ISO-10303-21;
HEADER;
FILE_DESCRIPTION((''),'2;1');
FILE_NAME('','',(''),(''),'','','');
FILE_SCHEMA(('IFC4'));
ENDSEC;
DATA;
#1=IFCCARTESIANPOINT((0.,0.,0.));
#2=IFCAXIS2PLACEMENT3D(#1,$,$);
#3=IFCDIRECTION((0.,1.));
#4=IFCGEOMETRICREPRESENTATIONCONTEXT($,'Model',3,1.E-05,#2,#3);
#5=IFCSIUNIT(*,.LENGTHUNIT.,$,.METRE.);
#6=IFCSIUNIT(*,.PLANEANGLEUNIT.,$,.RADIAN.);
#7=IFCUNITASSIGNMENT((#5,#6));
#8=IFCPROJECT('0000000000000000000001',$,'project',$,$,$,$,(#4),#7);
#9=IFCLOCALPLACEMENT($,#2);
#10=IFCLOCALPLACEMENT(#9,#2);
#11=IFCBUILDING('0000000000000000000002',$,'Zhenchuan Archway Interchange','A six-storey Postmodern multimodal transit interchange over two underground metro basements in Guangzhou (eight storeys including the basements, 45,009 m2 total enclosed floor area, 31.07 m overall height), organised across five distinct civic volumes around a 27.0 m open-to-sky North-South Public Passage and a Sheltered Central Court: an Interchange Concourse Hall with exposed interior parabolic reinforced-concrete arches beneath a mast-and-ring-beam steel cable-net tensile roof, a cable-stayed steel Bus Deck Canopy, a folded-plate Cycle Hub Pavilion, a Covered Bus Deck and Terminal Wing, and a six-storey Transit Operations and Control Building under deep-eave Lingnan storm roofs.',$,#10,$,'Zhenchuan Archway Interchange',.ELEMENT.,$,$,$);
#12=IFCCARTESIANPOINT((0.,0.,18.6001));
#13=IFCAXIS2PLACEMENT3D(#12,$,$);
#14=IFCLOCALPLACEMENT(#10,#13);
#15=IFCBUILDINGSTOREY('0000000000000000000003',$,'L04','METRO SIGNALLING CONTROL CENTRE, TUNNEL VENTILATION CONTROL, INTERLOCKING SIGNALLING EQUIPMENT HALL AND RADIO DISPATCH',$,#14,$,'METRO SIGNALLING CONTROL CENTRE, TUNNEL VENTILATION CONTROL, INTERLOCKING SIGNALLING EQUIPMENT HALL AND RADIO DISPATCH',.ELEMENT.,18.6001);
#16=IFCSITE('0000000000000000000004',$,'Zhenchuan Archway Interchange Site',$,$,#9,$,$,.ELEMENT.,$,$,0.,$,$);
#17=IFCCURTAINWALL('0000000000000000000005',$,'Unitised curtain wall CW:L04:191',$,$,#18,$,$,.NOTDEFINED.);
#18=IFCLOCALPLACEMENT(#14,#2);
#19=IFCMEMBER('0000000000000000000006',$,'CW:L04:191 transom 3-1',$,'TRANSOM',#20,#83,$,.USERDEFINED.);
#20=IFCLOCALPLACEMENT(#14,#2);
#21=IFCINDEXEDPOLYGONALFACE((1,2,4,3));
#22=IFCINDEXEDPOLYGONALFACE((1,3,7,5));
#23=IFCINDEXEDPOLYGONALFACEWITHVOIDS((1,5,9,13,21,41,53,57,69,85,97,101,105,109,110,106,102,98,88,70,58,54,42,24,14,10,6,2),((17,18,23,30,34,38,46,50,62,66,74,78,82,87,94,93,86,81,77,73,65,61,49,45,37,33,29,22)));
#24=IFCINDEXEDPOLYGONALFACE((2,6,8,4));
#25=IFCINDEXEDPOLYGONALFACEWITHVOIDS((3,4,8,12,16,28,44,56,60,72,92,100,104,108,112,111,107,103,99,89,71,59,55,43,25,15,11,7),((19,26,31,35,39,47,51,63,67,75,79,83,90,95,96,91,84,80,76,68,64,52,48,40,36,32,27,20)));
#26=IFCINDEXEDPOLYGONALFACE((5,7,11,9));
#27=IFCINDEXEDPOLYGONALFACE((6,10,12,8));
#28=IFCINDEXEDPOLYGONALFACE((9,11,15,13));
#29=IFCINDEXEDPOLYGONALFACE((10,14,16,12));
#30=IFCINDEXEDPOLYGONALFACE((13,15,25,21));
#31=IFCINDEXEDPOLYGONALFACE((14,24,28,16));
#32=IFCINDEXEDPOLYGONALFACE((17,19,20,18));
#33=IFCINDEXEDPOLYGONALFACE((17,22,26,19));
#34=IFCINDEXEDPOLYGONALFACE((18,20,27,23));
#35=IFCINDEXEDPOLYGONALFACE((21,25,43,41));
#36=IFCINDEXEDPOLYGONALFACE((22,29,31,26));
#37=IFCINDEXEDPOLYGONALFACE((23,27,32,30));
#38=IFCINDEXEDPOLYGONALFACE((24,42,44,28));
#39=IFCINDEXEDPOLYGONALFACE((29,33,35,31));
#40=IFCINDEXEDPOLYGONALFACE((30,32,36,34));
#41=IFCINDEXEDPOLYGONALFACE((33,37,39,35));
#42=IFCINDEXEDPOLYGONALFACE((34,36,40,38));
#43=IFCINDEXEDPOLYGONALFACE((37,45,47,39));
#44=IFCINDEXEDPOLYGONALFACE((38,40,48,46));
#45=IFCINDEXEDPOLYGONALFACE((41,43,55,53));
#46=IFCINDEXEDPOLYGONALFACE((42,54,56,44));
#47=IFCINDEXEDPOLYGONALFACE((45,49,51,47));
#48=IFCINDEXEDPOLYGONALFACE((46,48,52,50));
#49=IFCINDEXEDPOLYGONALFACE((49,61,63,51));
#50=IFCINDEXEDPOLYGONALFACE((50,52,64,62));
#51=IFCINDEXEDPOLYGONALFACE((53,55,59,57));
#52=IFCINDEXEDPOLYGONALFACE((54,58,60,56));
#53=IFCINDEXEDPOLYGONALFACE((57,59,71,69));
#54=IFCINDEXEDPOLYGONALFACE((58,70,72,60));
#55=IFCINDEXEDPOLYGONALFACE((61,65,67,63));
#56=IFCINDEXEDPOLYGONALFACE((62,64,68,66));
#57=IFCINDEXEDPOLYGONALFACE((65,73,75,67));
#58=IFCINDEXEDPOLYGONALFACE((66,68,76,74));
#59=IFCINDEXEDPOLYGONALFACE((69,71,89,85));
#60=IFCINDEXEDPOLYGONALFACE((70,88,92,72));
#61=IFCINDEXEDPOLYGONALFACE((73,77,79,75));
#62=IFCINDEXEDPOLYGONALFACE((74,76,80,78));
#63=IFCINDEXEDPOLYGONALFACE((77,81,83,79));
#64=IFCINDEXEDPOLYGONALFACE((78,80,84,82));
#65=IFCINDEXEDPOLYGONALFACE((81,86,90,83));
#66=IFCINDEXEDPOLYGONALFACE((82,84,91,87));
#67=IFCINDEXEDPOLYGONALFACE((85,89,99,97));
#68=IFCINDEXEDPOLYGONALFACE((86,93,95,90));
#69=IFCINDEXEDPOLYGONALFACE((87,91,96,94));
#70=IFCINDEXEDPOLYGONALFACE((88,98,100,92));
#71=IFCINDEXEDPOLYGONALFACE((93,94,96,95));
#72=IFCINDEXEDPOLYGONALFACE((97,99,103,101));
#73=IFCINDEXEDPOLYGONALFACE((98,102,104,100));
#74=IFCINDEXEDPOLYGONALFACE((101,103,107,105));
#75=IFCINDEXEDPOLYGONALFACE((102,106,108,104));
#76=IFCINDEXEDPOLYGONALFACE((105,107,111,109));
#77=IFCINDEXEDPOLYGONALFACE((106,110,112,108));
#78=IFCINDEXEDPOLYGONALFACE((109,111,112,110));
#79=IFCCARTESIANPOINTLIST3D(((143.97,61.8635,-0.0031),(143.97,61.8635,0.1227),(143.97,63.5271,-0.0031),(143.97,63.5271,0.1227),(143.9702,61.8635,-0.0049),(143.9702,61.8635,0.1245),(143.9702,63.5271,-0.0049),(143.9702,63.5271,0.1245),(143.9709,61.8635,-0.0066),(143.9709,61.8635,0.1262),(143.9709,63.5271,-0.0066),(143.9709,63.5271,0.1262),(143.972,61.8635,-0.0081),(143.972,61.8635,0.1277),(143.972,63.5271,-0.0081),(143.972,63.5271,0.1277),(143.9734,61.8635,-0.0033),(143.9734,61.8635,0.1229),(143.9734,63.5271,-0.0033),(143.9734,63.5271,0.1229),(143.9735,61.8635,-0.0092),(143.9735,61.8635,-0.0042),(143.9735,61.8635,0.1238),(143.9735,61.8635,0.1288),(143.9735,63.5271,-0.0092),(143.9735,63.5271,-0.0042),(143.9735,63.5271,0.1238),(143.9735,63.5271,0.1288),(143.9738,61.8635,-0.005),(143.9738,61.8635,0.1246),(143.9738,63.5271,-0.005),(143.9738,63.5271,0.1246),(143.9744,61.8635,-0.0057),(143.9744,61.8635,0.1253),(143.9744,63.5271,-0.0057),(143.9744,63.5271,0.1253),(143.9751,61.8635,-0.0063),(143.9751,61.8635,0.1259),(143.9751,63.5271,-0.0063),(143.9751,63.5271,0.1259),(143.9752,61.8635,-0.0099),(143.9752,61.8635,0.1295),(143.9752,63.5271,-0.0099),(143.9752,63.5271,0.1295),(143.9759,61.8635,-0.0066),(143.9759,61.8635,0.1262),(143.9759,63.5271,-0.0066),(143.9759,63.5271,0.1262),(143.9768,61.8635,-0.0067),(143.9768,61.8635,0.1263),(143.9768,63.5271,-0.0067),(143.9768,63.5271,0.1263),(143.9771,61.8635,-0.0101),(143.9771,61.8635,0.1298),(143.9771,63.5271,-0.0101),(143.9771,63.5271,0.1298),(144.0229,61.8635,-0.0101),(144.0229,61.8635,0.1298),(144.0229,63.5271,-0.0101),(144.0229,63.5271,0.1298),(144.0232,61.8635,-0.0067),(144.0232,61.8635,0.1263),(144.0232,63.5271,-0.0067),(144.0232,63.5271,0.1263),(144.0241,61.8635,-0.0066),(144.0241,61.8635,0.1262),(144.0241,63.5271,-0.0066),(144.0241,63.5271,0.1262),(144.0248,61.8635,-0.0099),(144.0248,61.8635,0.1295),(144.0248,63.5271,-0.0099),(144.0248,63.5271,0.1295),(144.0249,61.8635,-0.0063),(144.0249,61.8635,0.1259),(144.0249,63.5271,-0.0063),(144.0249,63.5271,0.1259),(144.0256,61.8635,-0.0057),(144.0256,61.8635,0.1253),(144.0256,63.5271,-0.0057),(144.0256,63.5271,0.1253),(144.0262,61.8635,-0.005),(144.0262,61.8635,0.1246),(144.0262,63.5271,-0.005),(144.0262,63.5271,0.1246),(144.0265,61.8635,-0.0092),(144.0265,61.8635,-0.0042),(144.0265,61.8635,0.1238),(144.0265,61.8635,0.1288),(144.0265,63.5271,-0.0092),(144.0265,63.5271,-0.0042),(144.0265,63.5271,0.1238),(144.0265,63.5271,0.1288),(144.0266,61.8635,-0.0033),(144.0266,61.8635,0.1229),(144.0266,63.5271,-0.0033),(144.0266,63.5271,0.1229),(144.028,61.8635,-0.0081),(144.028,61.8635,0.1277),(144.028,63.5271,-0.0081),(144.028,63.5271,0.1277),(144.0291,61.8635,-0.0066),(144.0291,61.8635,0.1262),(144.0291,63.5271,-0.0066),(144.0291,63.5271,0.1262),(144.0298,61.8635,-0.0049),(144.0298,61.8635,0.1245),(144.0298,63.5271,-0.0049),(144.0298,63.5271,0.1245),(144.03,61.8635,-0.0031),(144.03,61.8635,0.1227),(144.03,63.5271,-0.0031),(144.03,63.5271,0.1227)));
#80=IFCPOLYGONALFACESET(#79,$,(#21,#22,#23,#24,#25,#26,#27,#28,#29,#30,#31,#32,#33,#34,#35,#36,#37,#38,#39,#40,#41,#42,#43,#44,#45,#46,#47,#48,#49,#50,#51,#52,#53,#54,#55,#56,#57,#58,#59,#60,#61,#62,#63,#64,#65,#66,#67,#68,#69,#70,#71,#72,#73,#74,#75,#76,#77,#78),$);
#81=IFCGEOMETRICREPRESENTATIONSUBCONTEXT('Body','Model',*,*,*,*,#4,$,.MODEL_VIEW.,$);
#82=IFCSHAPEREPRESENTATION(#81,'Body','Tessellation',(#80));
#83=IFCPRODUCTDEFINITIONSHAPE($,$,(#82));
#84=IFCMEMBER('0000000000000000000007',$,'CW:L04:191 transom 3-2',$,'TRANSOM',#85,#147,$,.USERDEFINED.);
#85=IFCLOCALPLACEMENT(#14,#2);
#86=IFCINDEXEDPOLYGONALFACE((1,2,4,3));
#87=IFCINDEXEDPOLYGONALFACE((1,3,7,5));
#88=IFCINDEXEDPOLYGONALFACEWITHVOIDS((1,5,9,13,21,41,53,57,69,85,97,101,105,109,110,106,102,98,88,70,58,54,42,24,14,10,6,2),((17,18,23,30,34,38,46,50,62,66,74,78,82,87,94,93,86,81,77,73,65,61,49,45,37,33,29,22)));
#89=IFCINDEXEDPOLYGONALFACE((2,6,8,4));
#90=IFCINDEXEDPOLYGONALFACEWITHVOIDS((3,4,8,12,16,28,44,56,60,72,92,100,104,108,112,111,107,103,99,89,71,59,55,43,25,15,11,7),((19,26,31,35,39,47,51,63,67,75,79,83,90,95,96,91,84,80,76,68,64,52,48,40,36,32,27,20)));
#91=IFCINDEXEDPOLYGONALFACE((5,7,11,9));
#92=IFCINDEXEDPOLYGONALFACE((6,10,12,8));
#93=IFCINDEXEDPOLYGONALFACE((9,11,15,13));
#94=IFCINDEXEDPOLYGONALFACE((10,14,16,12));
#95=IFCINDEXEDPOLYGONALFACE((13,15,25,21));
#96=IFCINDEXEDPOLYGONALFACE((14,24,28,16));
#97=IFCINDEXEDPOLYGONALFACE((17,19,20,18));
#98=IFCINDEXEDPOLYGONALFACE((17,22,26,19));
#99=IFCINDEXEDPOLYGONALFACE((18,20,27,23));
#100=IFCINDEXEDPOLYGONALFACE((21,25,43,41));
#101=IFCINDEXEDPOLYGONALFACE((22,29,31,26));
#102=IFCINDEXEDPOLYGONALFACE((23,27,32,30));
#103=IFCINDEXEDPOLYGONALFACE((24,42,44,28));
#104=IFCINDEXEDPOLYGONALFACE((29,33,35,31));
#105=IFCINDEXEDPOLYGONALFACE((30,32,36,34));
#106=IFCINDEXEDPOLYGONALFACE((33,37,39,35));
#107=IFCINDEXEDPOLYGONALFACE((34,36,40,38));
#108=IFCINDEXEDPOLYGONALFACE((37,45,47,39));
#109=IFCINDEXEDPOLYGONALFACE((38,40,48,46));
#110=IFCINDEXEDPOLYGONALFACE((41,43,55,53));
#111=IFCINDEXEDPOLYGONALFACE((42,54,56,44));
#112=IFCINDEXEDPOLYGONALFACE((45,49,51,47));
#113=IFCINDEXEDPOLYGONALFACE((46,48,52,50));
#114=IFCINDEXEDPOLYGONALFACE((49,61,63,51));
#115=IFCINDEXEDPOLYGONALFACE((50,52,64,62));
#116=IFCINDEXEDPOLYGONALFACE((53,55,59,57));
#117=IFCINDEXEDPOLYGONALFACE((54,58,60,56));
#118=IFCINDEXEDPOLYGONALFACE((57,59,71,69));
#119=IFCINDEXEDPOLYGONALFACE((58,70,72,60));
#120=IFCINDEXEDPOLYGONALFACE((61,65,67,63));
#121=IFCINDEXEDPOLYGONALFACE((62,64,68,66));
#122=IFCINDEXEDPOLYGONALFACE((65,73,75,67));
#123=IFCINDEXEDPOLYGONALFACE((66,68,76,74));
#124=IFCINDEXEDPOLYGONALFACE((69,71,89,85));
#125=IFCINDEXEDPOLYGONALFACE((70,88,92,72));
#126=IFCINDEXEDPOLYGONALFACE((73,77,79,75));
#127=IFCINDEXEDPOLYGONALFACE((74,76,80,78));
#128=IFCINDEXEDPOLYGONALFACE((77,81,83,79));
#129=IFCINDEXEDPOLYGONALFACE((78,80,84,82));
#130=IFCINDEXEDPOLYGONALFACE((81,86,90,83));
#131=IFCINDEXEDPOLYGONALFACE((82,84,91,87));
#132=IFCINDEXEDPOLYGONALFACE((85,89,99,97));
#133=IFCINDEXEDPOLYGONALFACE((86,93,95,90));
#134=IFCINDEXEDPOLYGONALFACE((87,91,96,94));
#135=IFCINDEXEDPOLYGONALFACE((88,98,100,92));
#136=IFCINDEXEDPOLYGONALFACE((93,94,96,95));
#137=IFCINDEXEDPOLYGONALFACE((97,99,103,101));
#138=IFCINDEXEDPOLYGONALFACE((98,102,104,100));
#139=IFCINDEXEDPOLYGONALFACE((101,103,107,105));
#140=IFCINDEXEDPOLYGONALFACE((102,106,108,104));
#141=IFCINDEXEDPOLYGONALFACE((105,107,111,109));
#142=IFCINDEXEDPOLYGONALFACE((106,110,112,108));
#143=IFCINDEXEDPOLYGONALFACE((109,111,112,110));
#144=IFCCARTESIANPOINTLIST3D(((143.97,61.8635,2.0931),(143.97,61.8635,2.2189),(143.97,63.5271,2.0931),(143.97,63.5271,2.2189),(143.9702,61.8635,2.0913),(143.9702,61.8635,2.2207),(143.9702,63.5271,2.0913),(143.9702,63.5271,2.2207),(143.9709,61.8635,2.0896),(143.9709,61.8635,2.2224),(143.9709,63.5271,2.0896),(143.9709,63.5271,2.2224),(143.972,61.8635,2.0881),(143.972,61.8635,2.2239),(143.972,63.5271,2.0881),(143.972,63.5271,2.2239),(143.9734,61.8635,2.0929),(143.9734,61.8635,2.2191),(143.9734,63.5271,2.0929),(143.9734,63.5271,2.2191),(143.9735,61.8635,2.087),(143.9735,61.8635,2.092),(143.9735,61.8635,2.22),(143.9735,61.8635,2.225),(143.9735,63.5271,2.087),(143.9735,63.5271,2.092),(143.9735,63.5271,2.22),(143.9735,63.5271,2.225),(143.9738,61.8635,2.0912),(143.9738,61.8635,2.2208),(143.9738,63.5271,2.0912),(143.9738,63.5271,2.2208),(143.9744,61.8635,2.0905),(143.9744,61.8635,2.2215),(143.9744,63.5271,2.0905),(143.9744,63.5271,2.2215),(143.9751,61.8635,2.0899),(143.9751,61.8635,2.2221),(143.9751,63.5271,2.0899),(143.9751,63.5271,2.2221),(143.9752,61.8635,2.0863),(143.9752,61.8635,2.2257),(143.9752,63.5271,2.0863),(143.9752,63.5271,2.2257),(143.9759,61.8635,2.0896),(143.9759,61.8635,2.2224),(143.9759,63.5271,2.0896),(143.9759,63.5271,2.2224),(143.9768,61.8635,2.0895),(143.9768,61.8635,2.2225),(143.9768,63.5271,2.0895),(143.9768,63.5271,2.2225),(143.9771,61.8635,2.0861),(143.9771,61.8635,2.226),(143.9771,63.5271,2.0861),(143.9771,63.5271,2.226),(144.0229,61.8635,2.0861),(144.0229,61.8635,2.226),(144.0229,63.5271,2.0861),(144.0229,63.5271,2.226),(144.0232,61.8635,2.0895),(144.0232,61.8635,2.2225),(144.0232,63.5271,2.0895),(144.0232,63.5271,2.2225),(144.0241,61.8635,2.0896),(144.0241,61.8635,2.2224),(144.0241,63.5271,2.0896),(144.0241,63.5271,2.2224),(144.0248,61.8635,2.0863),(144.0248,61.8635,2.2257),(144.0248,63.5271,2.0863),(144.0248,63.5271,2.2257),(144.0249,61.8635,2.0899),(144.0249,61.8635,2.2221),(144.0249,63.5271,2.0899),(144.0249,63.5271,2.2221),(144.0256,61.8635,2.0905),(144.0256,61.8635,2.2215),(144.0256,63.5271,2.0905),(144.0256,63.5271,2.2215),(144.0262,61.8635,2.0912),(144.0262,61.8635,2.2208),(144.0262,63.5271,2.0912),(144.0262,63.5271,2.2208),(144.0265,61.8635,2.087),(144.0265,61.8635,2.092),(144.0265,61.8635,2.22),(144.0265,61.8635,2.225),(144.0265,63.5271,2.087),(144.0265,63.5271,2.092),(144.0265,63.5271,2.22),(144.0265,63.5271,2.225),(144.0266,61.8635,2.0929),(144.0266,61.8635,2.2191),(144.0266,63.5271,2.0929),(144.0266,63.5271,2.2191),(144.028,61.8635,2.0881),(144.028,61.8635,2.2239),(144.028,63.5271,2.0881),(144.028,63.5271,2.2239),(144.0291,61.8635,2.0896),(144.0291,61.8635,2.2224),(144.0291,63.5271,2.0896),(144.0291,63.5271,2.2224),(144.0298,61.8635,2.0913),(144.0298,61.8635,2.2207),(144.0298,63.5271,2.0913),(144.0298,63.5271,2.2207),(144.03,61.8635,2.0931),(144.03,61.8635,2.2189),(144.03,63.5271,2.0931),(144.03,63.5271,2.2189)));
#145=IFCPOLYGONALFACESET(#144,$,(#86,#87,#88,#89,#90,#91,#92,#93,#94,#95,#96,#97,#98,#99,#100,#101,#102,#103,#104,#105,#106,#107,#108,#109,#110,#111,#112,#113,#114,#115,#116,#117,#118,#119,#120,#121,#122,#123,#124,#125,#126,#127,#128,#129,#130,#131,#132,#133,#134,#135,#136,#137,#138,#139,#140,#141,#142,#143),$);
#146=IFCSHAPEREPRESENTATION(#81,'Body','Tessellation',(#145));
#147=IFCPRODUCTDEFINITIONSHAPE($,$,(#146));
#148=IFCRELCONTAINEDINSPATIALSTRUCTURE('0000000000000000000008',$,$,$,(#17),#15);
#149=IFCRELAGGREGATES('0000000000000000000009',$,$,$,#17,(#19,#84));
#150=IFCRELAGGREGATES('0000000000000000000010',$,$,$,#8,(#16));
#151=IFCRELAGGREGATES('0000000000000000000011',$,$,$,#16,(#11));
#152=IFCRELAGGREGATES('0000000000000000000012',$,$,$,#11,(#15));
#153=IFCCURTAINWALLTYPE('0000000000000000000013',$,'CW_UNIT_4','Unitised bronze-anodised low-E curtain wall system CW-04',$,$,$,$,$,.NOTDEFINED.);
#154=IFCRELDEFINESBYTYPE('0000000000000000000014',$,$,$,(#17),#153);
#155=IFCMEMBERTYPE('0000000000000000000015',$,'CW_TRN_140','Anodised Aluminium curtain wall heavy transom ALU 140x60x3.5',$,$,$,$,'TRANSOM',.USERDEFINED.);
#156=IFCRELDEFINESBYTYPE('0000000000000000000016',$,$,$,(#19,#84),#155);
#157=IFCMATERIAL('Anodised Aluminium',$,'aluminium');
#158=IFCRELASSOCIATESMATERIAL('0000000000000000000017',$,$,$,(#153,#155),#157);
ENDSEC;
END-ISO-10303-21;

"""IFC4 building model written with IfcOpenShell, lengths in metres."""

from ifc_helpers import new_model, si_unit, direction, frame, origin, origin_2d, place, context, subcontext, project, spatial, hollow_rectangle, extrude, material, material_profile, profile_set, type_object, element, aggregate, save


model = new_model("IFC4")

# Units and contexts
model_context = context("Model", 3, precision=1e-05, world=origin(), true_north=direction((0.0, 1.0)))
body_context = subcontext(model_context, "Body", "Model", "MODEL_VIEW")
ifc_project = project(units=[si_unit("LENGTHUNIT", "METRE"), si_unit("PLANEANGLEUNIT", "RADIAN")], contexts=[model_context])

# Site, building, storey
site_placement = place(None, origin())
site = spatial("IfcSite", under=ifc_project, at=site_placement, Name="Zhenchuan Archway Interchange Site", CompositionType="ELEMENT", RefElevation=0.0)
building_placement = place(site_placement, origin())
building = spatial("IfcBuilding", under=site, at=building_placement, Name="Zhenchuan Archway Interchange", Description="A six-storey Postmodern multimodal transit interchange over two underground metro basements in Guangzhou (eight storeys including the basements, 45,009 m2 total enclosed floor area, 31.07 m overall height), organised across five distinct civic volumes around a 27.0 m open-to-sky North-South Public Passage and a Sheltered Central Court: an Interchange Concourse Hall with exposed interior parabolic reinforced-concrete arches beneath a mast-and-ring-beam steel cable-net tensile roof, a cable-stayed steel Bus Deck Canopy, a folded-plate Cycle Hub Pavilion, a Covered Bus Deck and Terminal Wing, and a six-storey Transit Operations and Control Building under deep-eave Lingnan storm roofs.", LongName="Zhenchuan Archway Interchange", CompositionType="ELEMENT")
storey_placement = place(building_placement, frame((0.0, 0.0, 18.6001)))
storey = spatial("IfcBuildingStorey", under=building, at=storey_placement, Name="L04", Description="METRO SIGNALLING CONTROL CENTRE, TUNNEL VENTILATION CONTROL, INTERLOCKING SIGNALLING EQUIPMENT HALL AND RADIO DISPATCH", LongName="METRO SIGNALLING CONTROL CENTRE, TUNNEL VENTILATION CONTROL, INTERLOCKING SIGNALLING EQUIPMENT HALL AND RADIO DISPATCH", CompositionType="ELEMENT", Elevation=18.6001)

# Curtain wall, members
ifc_material_1 = material(Name="Anodised Aluminium", Category="aluminium")
curtain_wall_type = type_object("IfcCurtainWallType", Name="CW_UNIT_4", Description="Unitised bronze-anodised low-E curtain wall system CW-04", PredefinedType="NOTDEFINED", material=ifc_material_1)
curtain_wall_placement = place(storey_placement, origin())
curtain_wall = element("IfcCurtainWall", 1, at=curtain_wall_placement, inside=storey, type_object=curtain_wall_type, Name="Unitised curtain wall CW:L04:191", PredefinedType="NOTDEFINED")
ifc_material_profile_1 = material_profile(ifc_material_1, hollow_rectangle(XDim=0.0601, YDim=0.1399, WallThickness=0.0034, InnerFilletRadius=0.0034, OuterFilletRadius=0.0071, at=origin_2d()), Name="ALU 140x60x3.5")
ifc_profile_set_1 = profile_set([ifc_material_profile_1], Name="Anodised Aluminium")
member_type_1 = type_object("IfcMemberType", Name="CW_TRN_140", Description="Anodised Aluminium curtain wall heavy transom ALU 140x60x3.5", ElementType="TRANSOM", PredefinedType="USERDEFINED", material=ifc_profile_set_1)
member_1_placement = place(storey_placement, frame((144.0, 61.8635, 0.0598), z_axis=(0.0, 1.0, 0.0), x_axis=(-1.0, 0.0, 0.0)))
member_1 = element("IfcMember", 2, at=member_1_placement, type_object=member_type_1, Name="CW:L04:191 transom 3-1", ObjectType="TRANSOM", PredefinedType="USERDEFINED", context=body_context, shape_type="SweptSolid", body=[
    extrude(hollow_rectangle(XDim=0.0601, YDim=0.1399, WallThickness=0.0034, InnerFilletRadius=0.0034, OuterFilletRadius=0.0071, at=origin_2d()), origin(), (0.0, 0.0, 1.0), 1.6636),
])
member_2_placement = place(storey_placement, frame((144.0, 61.8635, 2.156), z_axis=(0.0, 1.0, 0.0), x_axis=(-1.0, 0.0, 0.0)))
member_2 = element("IfcMember", 3, at=member_2_placement, type_object=member_type_1, Name="CW:L04:191 transom 3-2", ObjectType="TRANSOM", PredefinedType="USERDEFINED", context=body_context, shape_type="SweptSolid", body=[
    extrude(hollow_rectangle(XDim=0.0601, YDim=0.1399, WallThickness=0.0034, InnerFilletRadius=0.0034, OuterFilletRadius=0.0071, at=origin_2d()), origin(), (0.0, 0.0, 1.0), 1.6636),
])

aggregate(curtain_wall, [member_1, member_2])

save(model, "model.ifc")
